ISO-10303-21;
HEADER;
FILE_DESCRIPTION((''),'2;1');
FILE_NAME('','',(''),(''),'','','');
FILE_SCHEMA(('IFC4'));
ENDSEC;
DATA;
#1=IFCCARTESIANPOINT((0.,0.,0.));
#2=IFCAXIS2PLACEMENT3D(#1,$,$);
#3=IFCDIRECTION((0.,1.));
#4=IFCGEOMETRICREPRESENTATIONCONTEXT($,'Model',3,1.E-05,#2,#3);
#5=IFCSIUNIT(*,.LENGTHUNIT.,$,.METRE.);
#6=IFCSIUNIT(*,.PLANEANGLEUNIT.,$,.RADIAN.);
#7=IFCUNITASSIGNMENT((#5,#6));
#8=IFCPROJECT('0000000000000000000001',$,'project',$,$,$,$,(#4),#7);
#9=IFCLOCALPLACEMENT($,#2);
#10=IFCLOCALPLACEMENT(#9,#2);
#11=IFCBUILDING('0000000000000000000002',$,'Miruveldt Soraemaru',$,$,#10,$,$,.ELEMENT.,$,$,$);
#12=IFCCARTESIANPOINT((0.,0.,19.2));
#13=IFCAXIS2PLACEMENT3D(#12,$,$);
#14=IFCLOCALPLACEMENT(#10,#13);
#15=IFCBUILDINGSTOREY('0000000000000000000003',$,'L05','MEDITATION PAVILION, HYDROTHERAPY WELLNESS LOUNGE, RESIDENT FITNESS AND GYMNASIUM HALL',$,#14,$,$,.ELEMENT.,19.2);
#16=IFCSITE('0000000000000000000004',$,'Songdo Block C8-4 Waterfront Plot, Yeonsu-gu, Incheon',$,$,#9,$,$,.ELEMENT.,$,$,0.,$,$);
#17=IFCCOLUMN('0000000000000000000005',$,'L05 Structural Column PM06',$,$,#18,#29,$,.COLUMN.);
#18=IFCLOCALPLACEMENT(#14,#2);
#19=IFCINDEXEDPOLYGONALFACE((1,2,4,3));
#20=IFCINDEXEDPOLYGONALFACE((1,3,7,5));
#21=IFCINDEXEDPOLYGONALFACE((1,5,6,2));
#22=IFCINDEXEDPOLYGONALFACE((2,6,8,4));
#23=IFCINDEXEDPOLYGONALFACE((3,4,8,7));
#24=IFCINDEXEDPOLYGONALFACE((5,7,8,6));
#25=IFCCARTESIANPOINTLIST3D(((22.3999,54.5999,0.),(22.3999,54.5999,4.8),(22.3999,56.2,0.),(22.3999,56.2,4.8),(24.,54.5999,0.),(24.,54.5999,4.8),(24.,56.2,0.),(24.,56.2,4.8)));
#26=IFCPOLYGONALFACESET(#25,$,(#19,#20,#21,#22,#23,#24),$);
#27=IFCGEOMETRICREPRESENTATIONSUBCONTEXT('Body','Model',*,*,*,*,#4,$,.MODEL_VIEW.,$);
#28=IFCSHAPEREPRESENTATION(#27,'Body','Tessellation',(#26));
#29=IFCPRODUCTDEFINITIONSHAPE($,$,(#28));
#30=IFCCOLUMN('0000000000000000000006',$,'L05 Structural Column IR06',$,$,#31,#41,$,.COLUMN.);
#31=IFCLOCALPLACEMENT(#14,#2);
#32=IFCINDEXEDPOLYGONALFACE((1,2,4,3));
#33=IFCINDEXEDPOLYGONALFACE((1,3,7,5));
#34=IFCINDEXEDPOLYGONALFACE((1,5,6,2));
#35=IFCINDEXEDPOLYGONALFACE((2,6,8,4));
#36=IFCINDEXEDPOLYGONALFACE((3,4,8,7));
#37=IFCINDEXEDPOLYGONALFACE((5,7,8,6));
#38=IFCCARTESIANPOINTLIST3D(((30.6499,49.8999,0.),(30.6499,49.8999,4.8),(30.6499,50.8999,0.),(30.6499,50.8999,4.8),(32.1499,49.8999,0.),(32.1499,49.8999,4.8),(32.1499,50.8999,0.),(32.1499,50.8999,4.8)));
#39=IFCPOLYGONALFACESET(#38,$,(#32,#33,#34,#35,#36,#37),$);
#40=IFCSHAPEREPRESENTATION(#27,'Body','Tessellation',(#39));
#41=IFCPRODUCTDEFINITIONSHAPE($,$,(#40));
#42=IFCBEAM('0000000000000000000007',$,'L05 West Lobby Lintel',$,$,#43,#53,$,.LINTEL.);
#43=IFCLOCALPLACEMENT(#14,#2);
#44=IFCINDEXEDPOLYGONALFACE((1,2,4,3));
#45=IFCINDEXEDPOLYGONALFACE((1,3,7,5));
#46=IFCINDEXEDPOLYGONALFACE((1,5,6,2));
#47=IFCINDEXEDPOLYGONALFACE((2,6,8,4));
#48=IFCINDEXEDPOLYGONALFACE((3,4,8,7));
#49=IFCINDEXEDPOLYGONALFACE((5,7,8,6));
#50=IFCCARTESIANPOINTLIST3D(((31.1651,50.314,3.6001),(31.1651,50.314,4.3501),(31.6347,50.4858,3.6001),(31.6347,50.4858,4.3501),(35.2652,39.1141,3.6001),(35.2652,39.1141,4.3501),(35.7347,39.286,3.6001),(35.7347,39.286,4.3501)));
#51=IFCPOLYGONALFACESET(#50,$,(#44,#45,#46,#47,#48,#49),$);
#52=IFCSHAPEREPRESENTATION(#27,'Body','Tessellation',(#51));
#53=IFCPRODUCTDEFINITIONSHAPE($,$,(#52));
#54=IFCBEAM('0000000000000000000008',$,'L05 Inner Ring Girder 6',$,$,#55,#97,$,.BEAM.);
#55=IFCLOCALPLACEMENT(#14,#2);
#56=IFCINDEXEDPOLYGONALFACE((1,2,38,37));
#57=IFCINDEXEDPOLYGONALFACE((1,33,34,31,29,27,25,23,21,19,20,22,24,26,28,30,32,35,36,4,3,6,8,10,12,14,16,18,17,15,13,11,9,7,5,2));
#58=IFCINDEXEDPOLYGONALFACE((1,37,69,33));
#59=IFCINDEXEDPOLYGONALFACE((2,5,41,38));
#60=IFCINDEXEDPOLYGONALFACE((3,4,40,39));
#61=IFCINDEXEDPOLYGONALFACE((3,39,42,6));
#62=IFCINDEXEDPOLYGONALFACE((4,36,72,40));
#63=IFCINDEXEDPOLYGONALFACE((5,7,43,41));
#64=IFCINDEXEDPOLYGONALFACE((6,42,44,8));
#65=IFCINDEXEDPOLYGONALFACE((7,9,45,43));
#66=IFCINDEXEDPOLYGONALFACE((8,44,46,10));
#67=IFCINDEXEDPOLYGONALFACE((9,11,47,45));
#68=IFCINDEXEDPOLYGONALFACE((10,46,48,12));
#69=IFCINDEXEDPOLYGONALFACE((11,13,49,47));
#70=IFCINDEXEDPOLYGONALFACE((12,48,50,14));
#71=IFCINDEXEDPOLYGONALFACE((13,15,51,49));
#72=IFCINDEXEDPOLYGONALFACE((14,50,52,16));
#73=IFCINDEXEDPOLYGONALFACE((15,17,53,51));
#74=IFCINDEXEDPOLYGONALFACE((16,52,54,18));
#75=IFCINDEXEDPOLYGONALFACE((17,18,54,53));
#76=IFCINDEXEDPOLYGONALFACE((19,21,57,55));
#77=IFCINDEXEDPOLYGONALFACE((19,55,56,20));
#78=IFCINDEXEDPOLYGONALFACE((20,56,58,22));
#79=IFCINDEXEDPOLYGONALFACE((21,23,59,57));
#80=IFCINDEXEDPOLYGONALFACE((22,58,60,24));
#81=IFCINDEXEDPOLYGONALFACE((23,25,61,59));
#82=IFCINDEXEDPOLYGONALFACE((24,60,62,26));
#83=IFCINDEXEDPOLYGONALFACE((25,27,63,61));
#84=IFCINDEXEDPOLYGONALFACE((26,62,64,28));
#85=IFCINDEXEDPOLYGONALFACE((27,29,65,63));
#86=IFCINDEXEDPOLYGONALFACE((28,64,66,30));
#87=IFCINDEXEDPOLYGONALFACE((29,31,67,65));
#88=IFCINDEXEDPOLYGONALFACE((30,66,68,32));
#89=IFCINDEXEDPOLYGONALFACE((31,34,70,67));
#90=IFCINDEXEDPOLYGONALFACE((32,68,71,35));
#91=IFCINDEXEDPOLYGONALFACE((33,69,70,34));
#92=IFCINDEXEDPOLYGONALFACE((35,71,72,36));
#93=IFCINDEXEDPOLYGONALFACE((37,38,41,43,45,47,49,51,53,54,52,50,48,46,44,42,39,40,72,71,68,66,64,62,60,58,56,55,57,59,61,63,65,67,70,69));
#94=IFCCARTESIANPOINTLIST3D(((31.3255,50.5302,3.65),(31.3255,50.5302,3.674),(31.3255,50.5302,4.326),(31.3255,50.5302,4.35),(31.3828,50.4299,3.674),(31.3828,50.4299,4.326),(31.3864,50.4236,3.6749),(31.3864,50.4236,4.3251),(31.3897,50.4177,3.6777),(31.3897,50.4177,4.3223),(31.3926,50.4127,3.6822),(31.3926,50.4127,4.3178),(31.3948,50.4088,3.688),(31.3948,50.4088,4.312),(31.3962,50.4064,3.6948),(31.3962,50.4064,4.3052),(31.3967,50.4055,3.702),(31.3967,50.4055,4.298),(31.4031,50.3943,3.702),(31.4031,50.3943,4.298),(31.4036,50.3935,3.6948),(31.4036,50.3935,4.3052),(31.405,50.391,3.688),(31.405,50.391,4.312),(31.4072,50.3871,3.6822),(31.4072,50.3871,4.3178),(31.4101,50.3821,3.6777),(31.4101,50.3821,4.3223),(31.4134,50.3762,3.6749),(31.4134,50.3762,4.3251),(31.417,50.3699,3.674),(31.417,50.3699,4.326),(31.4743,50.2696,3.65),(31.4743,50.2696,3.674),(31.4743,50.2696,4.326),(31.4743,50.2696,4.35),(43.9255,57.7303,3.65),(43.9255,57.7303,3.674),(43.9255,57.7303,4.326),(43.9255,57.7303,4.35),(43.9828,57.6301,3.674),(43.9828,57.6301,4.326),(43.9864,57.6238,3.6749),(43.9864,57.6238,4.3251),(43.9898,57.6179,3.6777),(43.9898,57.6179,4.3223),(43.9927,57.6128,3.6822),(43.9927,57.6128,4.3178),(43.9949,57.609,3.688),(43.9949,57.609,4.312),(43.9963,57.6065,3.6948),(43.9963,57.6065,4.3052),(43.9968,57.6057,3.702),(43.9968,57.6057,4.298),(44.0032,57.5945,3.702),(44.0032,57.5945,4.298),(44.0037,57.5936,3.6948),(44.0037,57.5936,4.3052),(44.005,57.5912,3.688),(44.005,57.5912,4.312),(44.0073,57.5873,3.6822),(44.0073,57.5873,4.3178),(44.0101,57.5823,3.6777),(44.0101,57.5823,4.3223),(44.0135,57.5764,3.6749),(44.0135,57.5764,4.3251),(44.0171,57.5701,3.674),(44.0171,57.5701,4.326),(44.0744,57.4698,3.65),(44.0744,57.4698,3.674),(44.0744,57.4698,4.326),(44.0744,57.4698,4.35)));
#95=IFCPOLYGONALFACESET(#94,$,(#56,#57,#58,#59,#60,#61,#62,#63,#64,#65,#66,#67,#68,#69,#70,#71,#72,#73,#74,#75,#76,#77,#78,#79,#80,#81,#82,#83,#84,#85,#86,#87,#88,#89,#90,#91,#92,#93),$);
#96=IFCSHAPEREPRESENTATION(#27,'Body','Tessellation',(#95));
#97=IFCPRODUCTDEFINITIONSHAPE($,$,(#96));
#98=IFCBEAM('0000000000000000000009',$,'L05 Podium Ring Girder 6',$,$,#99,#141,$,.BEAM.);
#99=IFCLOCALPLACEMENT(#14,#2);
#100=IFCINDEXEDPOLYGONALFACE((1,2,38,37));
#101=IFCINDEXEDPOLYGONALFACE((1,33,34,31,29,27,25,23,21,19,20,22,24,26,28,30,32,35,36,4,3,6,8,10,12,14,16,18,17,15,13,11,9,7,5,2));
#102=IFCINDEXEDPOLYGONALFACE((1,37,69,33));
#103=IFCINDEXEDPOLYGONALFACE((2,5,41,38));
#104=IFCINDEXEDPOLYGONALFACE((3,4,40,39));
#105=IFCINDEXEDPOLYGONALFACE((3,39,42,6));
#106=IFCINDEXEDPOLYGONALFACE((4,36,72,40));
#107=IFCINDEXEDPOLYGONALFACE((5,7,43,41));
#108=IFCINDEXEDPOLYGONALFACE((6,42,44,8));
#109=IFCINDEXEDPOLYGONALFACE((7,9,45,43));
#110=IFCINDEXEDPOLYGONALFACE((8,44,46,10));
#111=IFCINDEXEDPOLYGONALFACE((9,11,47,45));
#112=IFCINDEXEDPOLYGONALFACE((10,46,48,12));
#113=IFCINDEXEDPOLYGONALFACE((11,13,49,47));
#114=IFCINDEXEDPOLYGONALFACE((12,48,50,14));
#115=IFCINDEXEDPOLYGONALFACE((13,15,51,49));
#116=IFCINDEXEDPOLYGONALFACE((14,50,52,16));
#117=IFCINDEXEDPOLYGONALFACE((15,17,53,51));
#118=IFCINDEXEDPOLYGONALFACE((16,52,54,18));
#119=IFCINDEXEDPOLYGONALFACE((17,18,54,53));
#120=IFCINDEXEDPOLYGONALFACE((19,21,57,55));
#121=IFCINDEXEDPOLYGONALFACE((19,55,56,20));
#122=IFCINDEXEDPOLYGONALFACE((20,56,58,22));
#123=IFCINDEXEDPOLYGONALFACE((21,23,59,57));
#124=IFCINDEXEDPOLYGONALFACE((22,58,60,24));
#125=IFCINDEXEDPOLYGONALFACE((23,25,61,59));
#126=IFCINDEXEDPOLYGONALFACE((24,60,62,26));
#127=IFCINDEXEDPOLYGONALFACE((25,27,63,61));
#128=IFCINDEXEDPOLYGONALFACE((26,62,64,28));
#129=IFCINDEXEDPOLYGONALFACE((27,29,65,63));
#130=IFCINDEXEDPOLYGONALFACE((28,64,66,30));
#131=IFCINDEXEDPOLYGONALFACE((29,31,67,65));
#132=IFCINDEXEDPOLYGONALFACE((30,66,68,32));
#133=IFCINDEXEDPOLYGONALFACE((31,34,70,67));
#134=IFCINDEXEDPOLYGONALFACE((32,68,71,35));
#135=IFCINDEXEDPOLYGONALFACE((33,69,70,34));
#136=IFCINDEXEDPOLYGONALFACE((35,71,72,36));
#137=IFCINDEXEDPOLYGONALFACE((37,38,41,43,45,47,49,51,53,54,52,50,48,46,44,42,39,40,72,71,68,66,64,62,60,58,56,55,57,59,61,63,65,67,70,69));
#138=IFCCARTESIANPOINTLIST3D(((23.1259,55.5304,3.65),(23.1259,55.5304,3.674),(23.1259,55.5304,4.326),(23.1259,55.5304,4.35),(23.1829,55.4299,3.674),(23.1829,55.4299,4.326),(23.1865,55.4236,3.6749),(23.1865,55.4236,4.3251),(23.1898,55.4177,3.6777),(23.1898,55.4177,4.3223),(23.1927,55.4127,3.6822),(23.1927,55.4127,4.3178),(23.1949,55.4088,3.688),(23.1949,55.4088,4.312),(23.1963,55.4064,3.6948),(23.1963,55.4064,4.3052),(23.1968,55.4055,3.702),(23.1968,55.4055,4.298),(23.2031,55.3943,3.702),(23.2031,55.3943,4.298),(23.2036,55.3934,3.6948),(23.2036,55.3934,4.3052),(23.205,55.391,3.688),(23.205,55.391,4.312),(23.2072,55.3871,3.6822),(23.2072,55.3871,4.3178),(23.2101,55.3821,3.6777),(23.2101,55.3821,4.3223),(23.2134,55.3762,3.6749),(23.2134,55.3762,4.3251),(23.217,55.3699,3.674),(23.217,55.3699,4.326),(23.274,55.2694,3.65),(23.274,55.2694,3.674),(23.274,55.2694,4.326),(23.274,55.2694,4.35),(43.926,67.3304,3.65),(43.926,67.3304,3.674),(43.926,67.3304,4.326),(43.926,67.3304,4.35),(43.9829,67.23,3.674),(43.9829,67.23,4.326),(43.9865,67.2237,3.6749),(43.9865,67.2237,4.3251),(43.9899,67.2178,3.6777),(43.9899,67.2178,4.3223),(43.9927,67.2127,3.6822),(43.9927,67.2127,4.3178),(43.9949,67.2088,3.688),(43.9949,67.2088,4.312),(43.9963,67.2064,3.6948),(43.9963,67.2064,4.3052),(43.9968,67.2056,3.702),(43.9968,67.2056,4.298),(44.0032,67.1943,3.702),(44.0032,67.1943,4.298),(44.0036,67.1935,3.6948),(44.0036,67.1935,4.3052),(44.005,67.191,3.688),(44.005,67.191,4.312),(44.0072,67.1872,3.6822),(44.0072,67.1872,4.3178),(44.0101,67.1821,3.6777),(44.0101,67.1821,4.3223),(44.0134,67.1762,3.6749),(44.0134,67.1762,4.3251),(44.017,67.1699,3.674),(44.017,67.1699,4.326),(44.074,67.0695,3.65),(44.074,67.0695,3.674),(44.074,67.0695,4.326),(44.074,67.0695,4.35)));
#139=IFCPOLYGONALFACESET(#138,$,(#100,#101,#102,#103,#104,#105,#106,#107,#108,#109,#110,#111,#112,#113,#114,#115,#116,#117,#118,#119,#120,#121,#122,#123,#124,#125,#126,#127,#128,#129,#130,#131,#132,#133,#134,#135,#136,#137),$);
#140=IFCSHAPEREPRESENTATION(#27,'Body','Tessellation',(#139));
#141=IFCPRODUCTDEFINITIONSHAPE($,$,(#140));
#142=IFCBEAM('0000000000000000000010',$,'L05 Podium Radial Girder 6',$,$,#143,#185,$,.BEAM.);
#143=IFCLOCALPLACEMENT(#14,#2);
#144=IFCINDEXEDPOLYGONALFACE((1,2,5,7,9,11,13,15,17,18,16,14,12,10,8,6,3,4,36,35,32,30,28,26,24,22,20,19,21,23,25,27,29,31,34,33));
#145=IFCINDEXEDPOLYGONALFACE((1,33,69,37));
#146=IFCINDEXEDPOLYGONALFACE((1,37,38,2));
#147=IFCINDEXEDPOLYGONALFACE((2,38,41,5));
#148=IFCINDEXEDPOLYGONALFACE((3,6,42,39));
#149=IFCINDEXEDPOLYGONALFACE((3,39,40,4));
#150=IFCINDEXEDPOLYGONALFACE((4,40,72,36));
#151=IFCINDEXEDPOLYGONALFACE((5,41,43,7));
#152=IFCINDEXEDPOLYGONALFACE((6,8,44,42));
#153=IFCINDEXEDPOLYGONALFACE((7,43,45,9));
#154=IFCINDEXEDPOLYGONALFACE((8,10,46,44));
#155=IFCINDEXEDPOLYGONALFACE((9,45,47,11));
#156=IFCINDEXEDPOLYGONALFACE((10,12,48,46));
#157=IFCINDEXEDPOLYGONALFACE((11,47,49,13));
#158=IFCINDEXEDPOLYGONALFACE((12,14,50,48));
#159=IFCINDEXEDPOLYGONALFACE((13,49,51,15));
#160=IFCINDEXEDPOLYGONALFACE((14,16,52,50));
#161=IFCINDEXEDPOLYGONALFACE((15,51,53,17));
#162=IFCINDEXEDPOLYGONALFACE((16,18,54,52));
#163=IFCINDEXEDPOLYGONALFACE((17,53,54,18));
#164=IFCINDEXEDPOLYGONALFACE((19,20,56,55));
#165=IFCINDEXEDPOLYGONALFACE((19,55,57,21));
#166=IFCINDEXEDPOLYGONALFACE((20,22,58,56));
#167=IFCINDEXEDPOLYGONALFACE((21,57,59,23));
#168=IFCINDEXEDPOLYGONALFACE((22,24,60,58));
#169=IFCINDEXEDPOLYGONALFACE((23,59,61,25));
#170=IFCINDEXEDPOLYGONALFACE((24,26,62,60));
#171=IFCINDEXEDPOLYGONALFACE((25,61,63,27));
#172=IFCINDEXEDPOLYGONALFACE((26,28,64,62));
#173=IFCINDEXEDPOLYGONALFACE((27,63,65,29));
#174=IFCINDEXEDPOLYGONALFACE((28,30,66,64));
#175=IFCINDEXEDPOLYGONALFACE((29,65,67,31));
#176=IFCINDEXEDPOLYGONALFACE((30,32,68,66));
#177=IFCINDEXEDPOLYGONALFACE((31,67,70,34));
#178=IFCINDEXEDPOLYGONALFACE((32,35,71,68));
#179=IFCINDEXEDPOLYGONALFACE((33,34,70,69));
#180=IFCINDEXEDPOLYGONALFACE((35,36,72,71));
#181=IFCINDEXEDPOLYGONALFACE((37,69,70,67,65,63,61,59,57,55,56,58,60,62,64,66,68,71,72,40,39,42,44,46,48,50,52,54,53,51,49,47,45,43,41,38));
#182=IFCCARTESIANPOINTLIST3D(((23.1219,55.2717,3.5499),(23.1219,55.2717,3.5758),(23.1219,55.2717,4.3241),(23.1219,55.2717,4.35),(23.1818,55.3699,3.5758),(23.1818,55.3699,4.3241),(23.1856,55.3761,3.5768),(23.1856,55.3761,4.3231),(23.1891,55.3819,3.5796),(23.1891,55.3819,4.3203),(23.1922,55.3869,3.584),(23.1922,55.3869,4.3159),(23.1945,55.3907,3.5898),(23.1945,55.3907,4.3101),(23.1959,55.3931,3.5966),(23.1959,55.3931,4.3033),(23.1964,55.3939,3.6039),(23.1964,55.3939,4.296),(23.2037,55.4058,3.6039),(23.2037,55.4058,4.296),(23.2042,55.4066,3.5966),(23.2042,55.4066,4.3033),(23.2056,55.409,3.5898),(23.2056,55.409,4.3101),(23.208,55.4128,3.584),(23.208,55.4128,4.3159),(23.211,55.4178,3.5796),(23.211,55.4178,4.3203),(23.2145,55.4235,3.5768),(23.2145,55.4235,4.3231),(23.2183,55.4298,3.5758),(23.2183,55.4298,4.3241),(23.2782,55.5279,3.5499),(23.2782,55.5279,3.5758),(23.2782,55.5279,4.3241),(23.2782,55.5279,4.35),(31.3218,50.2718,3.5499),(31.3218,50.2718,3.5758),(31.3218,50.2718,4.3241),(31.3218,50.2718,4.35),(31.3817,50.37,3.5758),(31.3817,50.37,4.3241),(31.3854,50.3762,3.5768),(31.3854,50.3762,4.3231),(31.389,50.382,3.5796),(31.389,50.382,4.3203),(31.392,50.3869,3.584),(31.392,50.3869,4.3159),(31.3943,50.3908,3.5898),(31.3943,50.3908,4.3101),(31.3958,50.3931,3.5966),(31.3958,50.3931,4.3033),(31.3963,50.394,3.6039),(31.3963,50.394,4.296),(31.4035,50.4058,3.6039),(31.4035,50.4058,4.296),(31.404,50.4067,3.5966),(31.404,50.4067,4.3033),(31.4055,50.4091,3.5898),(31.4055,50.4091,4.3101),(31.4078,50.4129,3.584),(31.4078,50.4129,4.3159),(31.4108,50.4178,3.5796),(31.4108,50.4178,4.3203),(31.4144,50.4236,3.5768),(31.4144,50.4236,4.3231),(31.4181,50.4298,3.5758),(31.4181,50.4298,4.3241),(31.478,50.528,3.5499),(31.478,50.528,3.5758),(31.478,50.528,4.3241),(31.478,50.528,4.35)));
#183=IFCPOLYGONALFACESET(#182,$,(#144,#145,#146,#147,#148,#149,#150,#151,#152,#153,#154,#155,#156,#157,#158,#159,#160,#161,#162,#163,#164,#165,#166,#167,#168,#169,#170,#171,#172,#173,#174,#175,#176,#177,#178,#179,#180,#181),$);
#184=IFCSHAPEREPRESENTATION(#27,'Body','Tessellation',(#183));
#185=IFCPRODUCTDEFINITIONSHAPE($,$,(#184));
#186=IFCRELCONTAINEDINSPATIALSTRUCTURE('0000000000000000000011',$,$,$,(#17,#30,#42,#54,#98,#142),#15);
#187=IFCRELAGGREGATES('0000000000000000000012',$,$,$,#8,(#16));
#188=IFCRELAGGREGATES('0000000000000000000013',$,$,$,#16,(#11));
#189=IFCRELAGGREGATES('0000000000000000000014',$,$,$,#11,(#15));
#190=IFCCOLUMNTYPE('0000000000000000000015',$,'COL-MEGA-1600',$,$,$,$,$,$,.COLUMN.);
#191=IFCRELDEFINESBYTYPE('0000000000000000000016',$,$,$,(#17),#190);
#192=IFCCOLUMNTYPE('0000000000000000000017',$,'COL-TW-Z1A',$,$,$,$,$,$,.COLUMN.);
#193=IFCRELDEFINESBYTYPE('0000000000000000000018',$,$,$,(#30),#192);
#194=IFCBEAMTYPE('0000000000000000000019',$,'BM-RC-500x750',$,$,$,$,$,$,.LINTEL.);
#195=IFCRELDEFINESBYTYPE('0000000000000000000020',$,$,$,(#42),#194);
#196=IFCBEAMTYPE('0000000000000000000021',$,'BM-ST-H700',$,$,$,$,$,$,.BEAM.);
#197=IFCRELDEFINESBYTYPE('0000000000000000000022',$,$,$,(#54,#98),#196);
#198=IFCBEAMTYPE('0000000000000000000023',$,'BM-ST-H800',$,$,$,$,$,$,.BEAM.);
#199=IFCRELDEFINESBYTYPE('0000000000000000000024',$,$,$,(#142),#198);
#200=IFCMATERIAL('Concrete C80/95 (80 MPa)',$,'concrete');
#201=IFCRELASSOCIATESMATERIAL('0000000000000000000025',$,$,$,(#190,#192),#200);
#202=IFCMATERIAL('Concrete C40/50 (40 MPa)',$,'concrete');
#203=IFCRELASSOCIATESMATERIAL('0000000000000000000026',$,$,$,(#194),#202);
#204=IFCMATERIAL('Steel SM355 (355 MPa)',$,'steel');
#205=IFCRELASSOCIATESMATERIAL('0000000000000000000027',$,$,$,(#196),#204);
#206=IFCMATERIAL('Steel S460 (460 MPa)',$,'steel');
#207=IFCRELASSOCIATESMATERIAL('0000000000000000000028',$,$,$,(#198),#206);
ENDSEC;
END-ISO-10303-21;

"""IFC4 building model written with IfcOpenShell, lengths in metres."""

from ifc_helpers import new_model, si_unit, direction, frame, origin, origin_2d, place, context, subcontext, project, spatial, rectangle, i_section, extrude, material, material_profile, profile_set, type_object, element, save


model = new_model("IFC4")

# Units and contexts
model_context = context("Model", 3, precision=1e-05, world=origin(), true_north=direction((0.0, 1.0)))
body_context = subcontext(model_context, "Body", "Model", "MODEL_VIEW")
ifc_project = project(units=[si_unit("LENGTHUNIT", "METRE"), si_unit("PLANEANGLEUNIT", "RADIAN")], contexts=[model_context])

# Site, building, storey
site_placement = place(None, origin())
site = spatial("IfcSite", under=ifc_project, at=site_placement, Name="Songdo Block C8-4 Waterfront Plot, Yeonsu-gu, Incheon", CompositionType="ELEMENT", RefElevation=0.0)
building_placement = place(site_placement, origin())
building = spatial("IfcBuilding", under=site, at=building_placement, Name="Miruveldt Soraemaru", CompositionType="ELEMENT")
storey_placement = place(building_placement, frame((0.0, 0.0, 19.2)))
storey = spatial("IfcBuildingStorey", under=building, at=storey_placement, Name="L05", Description="MEDITATION PAVILION, HYDROTHERAPY WELLNESS LOUNGE, RESIDENT FITNESS AND GYMNASIUM HALL", CompositionType="ELEMENT", Elevation=19.2)

# Columns
ifc_material_1 = material(Name="Concrete C80/95 (80 MPa)", Category="concrete")
ifc_material_profile_1 = material_profile(ifc_material_1, rectangle(XDim=1.6001, YDim=1.6001, at=origin_2d()), Name="Concrete C80/95 (80 MPa)", Category="concrete")
ifc_profile_set_1 = profile_set([ifc_material_profile_1], Name="Concrete C80/95 (80 MPa)")
column_type_1 = type_object("IfcColumnType", Name="COL-MEGA-1600", PredefinedType="COLUMN", material=ifc_profile_set_1)
column_1_placement = place(storey_placement, frame((23.2, 55.3999, 0.0), z_axis=(0.0, 0.0, 1.0), x_axis=(1.0, 0.0, 0.0)))
element("IfcColumn", 1, at=column_1_placement, inside=storey, type_object=column_type_1, Name="L05 Structural Column PM06", PredefinedType="COLUMN", context=body_context, shape_type="SweptSolid", body=[
    extrude(rectangle(XDim=1.6001, YDim=1.6001, at=origin_2d()), origin(), (0.0, 0.0, 1.0), 4.8),
])
ifc_material_profile_2 = material_profile(ifc_material_1, rectangle(XDim=1.5, YDim=1.0, at=origin_2d()), Name="Concrete C80/95 (80 MPa)", Category="concrete")
ifc_profile_set_2 = profile_set([ifc_material_profile_2], Name="Concrete C80/95 (80 MPa)")
column_type_2 = type_object("IfcColumnType", Name="COL-TW-Z1A", PredefinedType="COLUMN", material=ifc_profile_set_2)
column_2_placement = place(storey_placement, frame((31.3999, 50.3999, 0.0), z_axis=(0.0, 0.0, 1.0), x_axis=(1.0, 0.0, 0.0)))
element("IfcColumn", 2, at=column_2_placement, inside=storey, type_object=column_type_2, Name="L05 Structural Column IR06", PredefinedType="COLUMN", context=body_context, shape_type="SweptSolid", body=[
    extrude(rectangle(XDim=1.5, YDim=1.0, at=origin_2d()), origin(), (0.0, 0.0, 1.0), 4.8),
])

# Beams
ifc_material_2 = material(Name="Concrete C40/50 (40 MPa)", Category="concrete")
ifc_material_profile_3 = material_profile(ifc_material_2, rectangle(XDim=0.5, YDim=0.75, at=origin_2d()), Name="Concrete C40/50 (40 MPa)", Category="concrete")
ifc_profile_set_3 = profile_set([ifc_material_profile_3], Name="Concrete C40/50 (40 MPa)")
beam_type_1 = type_object("IfcBeamType", Name="BM-RC-500x750", PredefinedType="LINTEL", material=ifc_profile_set_3)
beam_1_placement = place(storey_placement, frame((31.3999, 50.3999, 3.9751), z_axis=(0.34377, -0.939054, 0.0), x_axis=(0.939054, 0.34377, 0.0)))
element("IfcBeam", 3, at=beam_1_placement, inside=storey, type_object=beam_type_1, Name="L05 West Lobby Lintel", PredefinedType="LINTEL", context=body_context, shape_type="SweptSolid", body=[
    extrude(rectangle(XDim=0.5, YDim=0.75, at=origin_2d()), origin(), (0.0, 0.0, 1.0), 11.9268),
])
ifc_material_3 = material(Name="Steel SM355 (355 MPa)", Category="steel")
ifc_material_profile_4 = material_profile(ifc_material_3, i_section(OverallWidth=0.3, OverallDepth=0.7, WebThickness=0.0129, FlangeThickness=0.0239, FilletRadius=0.0281, at=origin_2d()), Name="Steel SM355 (355 MPa)", Category="steel")
ifc_profile_set_4 = profile_set([ifc_material_profile_4], Name="Steel SM355 (355 MPa)")
beam_type_2 = type_object("IfcBeamType", Name="BM-ST-H700", PredefinedType="BEAM", material=ifc_profile_set_4)
beam_2_placement = place(storey_placement, frame((31.3999, 50.3999, 4.0), z_axis=(0.868239, 0.496146, 0.0), x_axis=(-0.496146, 0.868239, 0.0)))
element("IfcBeam", 4, at=beam_2_placement, inside=storey, type_object=beam_type_2, Name="L05 Inner Ring Girder 6", PredefinedType="BEAM", context=body_context, shape_type="SweptSolid", body=[
    extrude(i_section(OverallWidth=0.3, OverallDepth=0.7, WebThickness=0.0129, FlangeThickness=0.0239, FilletRadius=0.0281, at=origin_2d()), origin(), (0.0, 0.0, 1.0), 14.5122),
])
beam_3_placement = place(storey_placement, frame((23.2, 55.3999, 4.0), z_axis=(0.869783, 0.493435, 0.0), x_axis=(-0.493435, 0.869783, 0.0)))
element("IfcBeam", 5, at=beam_3_placement, inside=storey, type_object=beam_type_2, Name="L05 Podium Ring Girder 6", PredefinedType="BEAM", context=body_context, shape_type="SweptSolid", body=[
    extrude(i_section(OverallWidth=0.3, OverallDepth=0.7, WebThickness=0.0129, FlangeThickness=0.0239, FilletRadius=0.0281, at=origin_2d()), origin(), (0.0, 0.0, 1.0), 23.9141),
])
ifc_material_4 = material(Name="Steel S460 (460 MPa)", Category="steel")
ifc_material_profile_5 = material_profile(ifc_material_4, i_section(OverallWidth=0.3, OverallDepth=0.8, WebThickness=0.0139, FlangeThickness=0.0259, FilletRadius=0.0281, at=origin_2d()), Name="Steel S460 (460 MPa)", Category="steel")
ifc_profile_set_5 = profile_set([ifc_material_profile_5], Name="Steel S460 (460 MPa)")
beam_type_3 = type_object("IfcBeamType", Name="BM-ST-H800", PredefinedType="BEAM", material=ifc_profile_set_5)
beam_4_placement = place(storey_placement, frame((31.3999, 50.3999, 3.95), z_axis=(-0.853795, 0.52061, 0.0), x_axis=(-0.52061, -0.853795, 0.0)))
element("IfcBeam", 6, at=beam_4_placement, inside=storey, type_object=beam_type_3, Name="L05 Podium Radial Girder 6", PredefinedType="BEAM", context=body_context, shape_type="SweptSolid", body=[
    extrude(i_section(OverallWidth=0.3, OverallDepth=0.8, WebThickness=0.0139, FlangeThickness=0.0259, FilletRadius=0.0281, at=origin_2d()), origin(), (0.0, 0.0, 1.0), 9.604),
])

save(model, "model.ifc")
